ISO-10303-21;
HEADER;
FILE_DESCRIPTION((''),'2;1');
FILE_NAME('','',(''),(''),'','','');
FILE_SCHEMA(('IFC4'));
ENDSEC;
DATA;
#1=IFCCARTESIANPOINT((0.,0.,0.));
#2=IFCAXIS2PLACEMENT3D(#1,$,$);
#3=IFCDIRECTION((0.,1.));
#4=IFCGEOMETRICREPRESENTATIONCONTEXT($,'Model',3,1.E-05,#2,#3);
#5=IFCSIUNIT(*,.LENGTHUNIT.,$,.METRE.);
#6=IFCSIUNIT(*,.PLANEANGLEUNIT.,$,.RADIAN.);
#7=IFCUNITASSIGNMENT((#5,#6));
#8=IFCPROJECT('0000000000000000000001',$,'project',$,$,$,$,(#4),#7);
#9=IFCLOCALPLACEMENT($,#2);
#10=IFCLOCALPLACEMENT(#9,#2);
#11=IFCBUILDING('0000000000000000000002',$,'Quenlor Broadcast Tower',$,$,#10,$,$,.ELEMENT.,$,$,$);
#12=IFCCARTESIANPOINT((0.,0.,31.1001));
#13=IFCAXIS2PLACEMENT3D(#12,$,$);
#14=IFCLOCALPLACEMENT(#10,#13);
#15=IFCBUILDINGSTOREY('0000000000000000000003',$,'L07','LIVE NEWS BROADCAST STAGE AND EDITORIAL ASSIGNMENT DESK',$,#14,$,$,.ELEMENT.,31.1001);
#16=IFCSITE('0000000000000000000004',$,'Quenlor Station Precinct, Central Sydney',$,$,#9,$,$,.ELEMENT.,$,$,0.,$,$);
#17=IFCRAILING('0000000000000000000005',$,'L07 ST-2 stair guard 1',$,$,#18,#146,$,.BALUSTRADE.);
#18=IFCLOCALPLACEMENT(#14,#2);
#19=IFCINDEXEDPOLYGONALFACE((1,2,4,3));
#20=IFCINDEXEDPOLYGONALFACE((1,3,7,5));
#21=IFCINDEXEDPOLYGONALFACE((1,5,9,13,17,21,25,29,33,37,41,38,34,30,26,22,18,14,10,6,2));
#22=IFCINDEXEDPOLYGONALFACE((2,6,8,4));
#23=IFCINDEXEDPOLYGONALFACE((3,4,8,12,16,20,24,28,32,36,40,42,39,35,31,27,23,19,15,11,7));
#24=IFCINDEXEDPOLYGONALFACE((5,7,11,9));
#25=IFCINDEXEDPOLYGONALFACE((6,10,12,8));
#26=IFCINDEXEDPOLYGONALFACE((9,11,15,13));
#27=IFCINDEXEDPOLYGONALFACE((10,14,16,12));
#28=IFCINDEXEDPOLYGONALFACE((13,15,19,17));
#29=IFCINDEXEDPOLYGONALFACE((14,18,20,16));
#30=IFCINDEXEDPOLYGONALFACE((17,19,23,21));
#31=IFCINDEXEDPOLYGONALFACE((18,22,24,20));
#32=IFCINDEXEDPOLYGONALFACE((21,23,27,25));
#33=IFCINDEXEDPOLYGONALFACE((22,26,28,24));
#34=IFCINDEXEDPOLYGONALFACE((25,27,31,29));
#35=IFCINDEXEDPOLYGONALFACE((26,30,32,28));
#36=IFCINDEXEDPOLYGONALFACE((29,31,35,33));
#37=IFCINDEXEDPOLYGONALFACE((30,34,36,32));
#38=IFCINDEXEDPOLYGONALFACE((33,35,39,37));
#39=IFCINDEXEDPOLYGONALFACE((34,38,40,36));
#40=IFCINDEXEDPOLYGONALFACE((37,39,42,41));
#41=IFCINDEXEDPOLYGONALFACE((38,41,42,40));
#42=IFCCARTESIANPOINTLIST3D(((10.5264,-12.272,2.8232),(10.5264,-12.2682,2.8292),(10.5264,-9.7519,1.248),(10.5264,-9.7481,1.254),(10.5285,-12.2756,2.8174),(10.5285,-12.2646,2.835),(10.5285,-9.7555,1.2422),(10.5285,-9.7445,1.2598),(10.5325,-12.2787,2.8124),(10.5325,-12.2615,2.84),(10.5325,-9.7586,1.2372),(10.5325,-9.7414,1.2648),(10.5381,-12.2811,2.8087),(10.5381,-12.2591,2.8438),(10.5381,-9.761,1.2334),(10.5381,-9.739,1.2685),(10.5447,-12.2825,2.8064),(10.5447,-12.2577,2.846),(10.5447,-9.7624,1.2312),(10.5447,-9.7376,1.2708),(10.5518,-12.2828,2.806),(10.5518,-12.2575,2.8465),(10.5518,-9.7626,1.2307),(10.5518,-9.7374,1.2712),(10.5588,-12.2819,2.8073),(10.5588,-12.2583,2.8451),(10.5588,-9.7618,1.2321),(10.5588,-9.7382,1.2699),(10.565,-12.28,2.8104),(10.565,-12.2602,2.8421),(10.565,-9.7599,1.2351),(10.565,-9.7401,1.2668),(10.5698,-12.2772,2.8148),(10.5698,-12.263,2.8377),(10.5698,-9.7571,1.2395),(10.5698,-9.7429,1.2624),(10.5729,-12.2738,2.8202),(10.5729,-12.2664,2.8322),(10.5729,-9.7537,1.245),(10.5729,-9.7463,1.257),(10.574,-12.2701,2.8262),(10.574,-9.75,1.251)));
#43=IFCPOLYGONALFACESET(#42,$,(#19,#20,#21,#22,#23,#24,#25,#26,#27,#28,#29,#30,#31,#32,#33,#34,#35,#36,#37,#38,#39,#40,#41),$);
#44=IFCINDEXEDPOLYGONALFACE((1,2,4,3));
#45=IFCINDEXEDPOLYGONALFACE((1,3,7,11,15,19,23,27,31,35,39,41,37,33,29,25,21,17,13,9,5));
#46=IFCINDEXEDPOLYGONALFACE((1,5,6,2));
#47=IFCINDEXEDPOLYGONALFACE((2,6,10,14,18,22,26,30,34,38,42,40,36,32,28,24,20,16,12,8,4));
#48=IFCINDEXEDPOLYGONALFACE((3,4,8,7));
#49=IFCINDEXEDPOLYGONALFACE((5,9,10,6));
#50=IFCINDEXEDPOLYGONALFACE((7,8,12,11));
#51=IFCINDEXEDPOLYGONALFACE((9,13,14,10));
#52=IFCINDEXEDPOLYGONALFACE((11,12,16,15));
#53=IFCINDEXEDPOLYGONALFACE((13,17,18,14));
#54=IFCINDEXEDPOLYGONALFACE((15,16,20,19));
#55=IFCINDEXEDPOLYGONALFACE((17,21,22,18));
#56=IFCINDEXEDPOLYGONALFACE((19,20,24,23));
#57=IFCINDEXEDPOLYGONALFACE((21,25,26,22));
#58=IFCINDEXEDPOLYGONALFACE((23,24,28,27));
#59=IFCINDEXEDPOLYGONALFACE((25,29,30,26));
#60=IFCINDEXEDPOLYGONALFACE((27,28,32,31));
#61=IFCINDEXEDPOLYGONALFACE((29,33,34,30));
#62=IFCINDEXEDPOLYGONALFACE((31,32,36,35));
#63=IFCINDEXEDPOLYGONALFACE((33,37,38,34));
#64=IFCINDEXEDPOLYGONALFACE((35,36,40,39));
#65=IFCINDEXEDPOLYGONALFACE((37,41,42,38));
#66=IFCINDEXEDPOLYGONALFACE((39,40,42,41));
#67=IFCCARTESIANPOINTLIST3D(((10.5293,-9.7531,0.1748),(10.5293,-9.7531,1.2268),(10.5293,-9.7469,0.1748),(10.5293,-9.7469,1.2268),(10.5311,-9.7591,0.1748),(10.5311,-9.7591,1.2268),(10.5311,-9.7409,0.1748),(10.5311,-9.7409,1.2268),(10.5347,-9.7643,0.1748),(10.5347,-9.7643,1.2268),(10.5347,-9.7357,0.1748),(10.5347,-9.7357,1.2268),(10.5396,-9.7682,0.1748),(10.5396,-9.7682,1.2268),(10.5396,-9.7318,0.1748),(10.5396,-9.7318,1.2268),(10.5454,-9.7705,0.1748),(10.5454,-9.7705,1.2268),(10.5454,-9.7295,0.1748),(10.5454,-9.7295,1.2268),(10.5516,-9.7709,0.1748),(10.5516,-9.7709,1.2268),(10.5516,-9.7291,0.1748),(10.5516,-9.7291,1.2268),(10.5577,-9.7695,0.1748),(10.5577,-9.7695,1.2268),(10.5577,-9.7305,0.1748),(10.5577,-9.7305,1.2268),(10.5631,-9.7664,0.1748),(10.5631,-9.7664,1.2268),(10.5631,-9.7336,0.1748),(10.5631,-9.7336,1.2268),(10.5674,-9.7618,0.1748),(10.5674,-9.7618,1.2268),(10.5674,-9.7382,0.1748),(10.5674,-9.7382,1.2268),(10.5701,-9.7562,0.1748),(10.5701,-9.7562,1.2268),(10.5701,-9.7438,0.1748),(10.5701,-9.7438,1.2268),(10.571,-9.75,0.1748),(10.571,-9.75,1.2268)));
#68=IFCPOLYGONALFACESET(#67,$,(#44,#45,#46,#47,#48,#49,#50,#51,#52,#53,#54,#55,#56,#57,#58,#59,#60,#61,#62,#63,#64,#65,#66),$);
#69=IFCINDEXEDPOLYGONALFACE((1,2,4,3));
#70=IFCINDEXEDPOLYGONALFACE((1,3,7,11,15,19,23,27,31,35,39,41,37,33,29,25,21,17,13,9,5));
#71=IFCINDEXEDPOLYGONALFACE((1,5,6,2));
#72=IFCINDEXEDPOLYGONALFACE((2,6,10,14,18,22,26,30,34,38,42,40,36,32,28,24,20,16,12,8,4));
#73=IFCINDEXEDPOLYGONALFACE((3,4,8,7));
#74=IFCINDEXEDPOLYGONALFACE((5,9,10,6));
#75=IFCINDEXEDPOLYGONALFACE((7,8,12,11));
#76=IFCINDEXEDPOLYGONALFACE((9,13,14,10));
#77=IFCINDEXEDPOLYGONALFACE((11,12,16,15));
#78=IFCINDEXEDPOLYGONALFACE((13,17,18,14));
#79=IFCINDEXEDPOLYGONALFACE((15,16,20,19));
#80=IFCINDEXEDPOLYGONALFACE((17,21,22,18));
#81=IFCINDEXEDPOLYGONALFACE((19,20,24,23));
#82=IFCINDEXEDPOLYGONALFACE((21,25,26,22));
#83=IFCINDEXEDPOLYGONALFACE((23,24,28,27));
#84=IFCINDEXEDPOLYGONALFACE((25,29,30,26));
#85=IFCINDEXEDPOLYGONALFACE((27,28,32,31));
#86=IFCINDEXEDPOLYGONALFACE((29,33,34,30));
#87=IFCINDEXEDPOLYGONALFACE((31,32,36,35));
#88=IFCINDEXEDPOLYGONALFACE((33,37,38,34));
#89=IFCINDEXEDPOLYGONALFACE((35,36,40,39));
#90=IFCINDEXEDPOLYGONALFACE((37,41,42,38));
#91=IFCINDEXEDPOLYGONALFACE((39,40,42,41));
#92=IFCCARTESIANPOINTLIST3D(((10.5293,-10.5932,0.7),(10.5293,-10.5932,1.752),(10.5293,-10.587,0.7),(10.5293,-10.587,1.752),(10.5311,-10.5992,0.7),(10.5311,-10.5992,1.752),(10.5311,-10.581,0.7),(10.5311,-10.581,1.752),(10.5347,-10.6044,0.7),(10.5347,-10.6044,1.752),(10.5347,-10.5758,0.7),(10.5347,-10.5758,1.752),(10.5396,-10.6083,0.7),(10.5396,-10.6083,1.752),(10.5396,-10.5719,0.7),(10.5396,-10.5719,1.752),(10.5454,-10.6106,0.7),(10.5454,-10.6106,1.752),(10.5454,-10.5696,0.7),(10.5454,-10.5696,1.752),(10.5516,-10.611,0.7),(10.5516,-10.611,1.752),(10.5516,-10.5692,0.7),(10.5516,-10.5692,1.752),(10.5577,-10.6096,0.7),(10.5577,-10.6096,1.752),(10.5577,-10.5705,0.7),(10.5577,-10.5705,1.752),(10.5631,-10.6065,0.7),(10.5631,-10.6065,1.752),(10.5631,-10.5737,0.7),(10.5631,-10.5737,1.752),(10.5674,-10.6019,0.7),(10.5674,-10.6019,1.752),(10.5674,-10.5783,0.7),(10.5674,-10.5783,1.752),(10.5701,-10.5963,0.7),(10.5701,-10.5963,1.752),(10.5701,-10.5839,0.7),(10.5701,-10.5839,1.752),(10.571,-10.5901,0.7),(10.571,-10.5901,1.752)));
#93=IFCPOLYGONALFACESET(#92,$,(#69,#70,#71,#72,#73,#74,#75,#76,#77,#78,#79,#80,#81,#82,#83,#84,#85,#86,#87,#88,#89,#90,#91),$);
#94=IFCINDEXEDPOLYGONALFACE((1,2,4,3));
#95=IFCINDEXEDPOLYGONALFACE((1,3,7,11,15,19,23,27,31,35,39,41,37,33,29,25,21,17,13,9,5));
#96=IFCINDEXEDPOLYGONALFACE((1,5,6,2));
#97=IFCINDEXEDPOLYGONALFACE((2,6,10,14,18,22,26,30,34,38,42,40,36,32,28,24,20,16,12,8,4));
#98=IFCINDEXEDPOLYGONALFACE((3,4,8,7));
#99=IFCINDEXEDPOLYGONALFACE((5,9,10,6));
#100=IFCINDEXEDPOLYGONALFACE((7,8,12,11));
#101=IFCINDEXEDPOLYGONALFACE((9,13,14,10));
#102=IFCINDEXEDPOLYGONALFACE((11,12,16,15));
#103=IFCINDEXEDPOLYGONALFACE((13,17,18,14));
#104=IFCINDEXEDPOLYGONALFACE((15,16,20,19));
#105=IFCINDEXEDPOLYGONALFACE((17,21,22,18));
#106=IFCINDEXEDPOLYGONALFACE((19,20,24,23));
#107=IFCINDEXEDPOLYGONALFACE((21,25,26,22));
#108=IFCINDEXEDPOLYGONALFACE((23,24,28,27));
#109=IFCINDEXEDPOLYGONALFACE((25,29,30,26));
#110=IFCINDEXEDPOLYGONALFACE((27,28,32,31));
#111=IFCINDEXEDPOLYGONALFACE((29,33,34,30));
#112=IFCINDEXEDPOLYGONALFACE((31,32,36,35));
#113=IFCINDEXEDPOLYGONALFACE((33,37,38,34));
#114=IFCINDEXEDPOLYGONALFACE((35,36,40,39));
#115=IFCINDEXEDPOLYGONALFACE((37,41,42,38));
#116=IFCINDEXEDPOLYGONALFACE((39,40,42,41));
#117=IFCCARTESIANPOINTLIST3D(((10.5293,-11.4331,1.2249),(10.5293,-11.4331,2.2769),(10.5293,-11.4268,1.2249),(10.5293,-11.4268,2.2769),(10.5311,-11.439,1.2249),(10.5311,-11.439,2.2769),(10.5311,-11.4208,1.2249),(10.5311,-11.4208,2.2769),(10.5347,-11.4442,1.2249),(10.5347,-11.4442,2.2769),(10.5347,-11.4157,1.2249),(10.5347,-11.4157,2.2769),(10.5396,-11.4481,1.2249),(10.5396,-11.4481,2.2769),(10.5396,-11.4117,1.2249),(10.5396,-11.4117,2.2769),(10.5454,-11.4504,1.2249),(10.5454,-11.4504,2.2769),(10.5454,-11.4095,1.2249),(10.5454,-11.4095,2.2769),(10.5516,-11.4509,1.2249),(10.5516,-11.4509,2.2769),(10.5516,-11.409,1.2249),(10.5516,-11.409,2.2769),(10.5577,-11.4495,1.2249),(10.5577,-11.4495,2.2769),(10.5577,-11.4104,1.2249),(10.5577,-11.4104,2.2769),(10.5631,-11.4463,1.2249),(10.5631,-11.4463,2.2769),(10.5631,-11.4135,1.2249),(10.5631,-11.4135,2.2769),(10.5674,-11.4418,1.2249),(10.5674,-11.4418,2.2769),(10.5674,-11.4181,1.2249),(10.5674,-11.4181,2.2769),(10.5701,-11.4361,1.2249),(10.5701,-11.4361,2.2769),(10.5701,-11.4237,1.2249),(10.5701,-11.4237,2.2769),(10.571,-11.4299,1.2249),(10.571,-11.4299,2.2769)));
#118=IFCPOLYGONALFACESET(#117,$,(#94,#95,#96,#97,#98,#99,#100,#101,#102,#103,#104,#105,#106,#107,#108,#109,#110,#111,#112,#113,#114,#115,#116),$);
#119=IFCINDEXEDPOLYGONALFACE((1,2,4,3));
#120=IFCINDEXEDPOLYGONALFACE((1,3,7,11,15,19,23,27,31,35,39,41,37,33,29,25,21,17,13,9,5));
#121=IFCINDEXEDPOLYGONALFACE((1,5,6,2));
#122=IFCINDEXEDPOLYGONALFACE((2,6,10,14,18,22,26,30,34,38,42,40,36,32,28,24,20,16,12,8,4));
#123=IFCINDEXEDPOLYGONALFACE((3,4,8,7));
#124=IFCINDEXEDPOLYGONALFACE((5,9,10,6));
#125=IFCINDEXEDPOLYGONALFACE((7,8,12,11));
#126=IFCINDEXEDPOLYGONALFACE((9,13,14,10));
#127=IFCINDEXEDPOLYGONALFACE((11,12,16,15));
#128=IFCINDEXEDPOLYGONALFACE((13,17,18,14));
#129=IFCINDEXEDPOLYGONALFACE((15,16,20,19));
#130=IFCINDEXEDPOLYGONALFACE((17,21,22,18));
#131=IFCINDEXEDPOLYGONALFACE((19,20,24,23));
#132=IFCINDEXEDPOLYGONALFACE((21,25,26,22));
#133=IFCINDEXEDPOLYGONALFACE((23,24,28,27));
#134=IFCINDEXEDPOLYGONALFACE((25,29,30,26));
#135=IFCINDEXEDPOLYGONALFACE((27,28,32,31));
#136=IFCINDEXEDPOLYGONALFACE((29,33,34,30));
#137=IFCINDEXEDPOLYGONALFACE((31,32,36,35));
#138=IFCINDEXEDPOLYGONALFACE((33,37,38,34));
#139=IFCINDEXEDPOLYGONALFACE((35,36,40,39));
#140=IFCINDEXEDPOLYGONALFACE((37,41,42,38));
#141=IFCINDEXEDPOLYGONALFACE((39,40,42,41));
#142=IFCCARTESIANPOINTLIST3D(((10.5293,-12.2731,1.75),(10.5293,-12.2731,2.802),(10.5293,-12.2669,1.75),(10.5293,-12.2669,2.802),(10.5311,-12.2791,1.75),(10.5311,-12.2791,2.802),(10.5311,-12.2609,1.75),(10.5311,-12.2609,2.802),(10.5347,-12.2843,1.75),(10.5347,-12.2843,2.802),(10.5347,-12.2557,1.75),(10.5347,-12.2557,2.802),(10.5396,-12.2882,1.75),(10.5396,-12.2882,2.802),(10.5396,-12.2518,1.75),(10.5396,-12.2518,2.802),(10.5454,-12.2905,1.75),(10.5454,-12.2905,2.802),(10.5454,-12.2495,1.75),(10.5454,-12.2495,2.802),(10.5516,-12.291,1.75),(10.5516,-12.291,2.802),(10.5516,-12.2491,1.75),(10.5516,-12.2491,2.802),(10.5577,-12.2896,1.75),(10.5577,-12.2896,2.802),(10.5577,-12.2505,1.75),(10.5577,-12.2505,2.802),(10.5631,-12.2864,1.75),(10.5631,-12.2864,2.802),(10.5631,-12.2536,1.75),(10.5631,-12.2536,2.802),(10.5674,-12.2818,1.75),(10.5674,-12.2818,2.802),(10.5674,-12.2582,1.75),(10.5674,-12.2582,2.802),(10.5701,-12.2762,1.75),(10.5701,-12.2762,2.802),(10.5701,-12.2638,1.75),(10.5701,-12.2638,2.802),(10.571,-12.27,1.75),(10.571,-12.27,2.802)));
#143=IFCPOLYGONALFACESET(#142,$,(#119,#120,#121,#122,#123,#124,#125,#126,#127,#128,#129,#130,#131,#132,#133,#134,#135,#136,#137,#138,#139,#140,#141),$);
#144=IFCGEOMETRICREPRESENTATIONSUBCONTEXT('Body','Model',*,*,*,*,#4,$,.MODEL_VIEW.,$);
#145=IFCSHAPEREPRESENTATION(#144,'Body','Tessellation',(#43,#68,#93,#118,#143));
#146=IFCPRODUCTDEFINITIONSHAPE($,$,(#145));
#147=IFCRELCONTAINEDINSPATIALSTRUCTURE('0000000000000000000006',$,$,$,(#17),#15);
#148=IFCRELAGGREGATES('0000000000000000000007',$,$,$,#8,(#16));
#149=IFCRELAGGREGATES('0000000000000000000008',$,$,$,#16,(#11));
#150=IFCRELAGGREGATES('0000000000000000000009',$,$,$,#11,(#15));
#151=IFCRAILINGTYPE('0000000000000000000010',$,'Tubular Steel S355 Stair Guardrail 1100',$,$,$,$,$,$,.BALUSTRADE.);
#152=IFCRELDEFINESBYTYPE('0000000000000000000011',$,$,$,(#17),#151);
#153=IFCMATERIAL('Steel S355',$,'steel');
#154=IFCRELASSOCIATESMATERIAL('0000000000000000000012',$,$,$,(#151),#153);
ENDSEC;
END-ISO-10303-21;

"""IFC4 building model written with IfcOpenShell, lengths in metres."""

from ifc_helpers import new_model, si_unit, direction, frame, origin, origin_2d, place, context, subcontext, project, spatial, circle, extrude, material, type_object, element, save


model = new_model("IFC4")

# Units and contexts
model_context = context("Model", 3, precision=1e-05, world=origin(), true_north=direction((0.0, 1.0)))
body_context = subcontext(model_context, "Body", "Model", "MODEL_VIEW")
ifc_project = project(units=[si_unit("LENGTHUNIT", "METRE"), si_unit("PLANEANGLEUNIT", "RADIAN")], contexts=[model_context])

# Site, building, storey
site_placement = place(None, origin())
site = spatial("IfcSite", under=ifc_project, at=site_placement, Name="Quenlor Station Precinct, Central Sydney", CompositionType="ELEMENT", RefElevation=0.0)
building_placement = place(site_placement, origin())
building = spatial("IfcBuilding", under=site, at=building_placement, Name="Quenlor Broadcast Tower", CompositionType="ELEMENT")
storey_placement = place(building_placement, frame((0.0, 0.0, 31.1001)))
storey = spatial("IfcBuildingStorey", under=building, at=storey_placement, Name="L07", Description="LIVE NEWS BROADCAST STAGE AND EDITORIAL ASSIGNMENT DESK", CompositionType="ELEMENT", Elevation=31.1001)

# Railing
ifc_material_1 = material(Name="Steel S355", Category="steel")
railing_type = type_object("IfcRailingType", Name="Tubular Steel S355 Stair Guardrail 1100", PredefinedType="BALUSTRADE", material=ifc_material_1)
railing_1_placement = place(storey_placement, frame((10.55, -9.75, 0.1748)))
element("IfcRailing", 1, at=railing_1_placement, inside=storey, type_object=railing_type, Name="L07 ST-2 stair guard 1", PredefinedType="BALUSTRADE", context=body_context, shape_type="SweptSolid", body=[
    extrude(circle(Radius=0.0239, at=origin_2d()), frame((0.0, 0.0, 1.0762), z_axis=(0.0, -0.847971, 0.530043), x_axis=(1.0, 0.0, 0.0)), (0.0, 0.0, 1.0), 2.9719),
    extrude(circle(Radius=0.021, at=origin_2d()), origin(), (0.0, 0.0, 1.0), 1.052),
    extrude(circle(Radius=0.021, at=origin_2d()), frame((0.0, -0.8401, 0.5251)), (0.0, 0.0, 1.0), 1.052),
    extrude(circle(Radius=0.021, at=origin_2d()), frame((0.0, -1.6799, 1.05)), (0.0, 0.0, 1.0), 1.052),
    extrude(circle(Radius=0.021, at=origin_2d()), frame((0.0, -2.52, 1.5752)), (0.0, 0.0, 1.0), 1.052),
])

save(model, "model.ifc")
